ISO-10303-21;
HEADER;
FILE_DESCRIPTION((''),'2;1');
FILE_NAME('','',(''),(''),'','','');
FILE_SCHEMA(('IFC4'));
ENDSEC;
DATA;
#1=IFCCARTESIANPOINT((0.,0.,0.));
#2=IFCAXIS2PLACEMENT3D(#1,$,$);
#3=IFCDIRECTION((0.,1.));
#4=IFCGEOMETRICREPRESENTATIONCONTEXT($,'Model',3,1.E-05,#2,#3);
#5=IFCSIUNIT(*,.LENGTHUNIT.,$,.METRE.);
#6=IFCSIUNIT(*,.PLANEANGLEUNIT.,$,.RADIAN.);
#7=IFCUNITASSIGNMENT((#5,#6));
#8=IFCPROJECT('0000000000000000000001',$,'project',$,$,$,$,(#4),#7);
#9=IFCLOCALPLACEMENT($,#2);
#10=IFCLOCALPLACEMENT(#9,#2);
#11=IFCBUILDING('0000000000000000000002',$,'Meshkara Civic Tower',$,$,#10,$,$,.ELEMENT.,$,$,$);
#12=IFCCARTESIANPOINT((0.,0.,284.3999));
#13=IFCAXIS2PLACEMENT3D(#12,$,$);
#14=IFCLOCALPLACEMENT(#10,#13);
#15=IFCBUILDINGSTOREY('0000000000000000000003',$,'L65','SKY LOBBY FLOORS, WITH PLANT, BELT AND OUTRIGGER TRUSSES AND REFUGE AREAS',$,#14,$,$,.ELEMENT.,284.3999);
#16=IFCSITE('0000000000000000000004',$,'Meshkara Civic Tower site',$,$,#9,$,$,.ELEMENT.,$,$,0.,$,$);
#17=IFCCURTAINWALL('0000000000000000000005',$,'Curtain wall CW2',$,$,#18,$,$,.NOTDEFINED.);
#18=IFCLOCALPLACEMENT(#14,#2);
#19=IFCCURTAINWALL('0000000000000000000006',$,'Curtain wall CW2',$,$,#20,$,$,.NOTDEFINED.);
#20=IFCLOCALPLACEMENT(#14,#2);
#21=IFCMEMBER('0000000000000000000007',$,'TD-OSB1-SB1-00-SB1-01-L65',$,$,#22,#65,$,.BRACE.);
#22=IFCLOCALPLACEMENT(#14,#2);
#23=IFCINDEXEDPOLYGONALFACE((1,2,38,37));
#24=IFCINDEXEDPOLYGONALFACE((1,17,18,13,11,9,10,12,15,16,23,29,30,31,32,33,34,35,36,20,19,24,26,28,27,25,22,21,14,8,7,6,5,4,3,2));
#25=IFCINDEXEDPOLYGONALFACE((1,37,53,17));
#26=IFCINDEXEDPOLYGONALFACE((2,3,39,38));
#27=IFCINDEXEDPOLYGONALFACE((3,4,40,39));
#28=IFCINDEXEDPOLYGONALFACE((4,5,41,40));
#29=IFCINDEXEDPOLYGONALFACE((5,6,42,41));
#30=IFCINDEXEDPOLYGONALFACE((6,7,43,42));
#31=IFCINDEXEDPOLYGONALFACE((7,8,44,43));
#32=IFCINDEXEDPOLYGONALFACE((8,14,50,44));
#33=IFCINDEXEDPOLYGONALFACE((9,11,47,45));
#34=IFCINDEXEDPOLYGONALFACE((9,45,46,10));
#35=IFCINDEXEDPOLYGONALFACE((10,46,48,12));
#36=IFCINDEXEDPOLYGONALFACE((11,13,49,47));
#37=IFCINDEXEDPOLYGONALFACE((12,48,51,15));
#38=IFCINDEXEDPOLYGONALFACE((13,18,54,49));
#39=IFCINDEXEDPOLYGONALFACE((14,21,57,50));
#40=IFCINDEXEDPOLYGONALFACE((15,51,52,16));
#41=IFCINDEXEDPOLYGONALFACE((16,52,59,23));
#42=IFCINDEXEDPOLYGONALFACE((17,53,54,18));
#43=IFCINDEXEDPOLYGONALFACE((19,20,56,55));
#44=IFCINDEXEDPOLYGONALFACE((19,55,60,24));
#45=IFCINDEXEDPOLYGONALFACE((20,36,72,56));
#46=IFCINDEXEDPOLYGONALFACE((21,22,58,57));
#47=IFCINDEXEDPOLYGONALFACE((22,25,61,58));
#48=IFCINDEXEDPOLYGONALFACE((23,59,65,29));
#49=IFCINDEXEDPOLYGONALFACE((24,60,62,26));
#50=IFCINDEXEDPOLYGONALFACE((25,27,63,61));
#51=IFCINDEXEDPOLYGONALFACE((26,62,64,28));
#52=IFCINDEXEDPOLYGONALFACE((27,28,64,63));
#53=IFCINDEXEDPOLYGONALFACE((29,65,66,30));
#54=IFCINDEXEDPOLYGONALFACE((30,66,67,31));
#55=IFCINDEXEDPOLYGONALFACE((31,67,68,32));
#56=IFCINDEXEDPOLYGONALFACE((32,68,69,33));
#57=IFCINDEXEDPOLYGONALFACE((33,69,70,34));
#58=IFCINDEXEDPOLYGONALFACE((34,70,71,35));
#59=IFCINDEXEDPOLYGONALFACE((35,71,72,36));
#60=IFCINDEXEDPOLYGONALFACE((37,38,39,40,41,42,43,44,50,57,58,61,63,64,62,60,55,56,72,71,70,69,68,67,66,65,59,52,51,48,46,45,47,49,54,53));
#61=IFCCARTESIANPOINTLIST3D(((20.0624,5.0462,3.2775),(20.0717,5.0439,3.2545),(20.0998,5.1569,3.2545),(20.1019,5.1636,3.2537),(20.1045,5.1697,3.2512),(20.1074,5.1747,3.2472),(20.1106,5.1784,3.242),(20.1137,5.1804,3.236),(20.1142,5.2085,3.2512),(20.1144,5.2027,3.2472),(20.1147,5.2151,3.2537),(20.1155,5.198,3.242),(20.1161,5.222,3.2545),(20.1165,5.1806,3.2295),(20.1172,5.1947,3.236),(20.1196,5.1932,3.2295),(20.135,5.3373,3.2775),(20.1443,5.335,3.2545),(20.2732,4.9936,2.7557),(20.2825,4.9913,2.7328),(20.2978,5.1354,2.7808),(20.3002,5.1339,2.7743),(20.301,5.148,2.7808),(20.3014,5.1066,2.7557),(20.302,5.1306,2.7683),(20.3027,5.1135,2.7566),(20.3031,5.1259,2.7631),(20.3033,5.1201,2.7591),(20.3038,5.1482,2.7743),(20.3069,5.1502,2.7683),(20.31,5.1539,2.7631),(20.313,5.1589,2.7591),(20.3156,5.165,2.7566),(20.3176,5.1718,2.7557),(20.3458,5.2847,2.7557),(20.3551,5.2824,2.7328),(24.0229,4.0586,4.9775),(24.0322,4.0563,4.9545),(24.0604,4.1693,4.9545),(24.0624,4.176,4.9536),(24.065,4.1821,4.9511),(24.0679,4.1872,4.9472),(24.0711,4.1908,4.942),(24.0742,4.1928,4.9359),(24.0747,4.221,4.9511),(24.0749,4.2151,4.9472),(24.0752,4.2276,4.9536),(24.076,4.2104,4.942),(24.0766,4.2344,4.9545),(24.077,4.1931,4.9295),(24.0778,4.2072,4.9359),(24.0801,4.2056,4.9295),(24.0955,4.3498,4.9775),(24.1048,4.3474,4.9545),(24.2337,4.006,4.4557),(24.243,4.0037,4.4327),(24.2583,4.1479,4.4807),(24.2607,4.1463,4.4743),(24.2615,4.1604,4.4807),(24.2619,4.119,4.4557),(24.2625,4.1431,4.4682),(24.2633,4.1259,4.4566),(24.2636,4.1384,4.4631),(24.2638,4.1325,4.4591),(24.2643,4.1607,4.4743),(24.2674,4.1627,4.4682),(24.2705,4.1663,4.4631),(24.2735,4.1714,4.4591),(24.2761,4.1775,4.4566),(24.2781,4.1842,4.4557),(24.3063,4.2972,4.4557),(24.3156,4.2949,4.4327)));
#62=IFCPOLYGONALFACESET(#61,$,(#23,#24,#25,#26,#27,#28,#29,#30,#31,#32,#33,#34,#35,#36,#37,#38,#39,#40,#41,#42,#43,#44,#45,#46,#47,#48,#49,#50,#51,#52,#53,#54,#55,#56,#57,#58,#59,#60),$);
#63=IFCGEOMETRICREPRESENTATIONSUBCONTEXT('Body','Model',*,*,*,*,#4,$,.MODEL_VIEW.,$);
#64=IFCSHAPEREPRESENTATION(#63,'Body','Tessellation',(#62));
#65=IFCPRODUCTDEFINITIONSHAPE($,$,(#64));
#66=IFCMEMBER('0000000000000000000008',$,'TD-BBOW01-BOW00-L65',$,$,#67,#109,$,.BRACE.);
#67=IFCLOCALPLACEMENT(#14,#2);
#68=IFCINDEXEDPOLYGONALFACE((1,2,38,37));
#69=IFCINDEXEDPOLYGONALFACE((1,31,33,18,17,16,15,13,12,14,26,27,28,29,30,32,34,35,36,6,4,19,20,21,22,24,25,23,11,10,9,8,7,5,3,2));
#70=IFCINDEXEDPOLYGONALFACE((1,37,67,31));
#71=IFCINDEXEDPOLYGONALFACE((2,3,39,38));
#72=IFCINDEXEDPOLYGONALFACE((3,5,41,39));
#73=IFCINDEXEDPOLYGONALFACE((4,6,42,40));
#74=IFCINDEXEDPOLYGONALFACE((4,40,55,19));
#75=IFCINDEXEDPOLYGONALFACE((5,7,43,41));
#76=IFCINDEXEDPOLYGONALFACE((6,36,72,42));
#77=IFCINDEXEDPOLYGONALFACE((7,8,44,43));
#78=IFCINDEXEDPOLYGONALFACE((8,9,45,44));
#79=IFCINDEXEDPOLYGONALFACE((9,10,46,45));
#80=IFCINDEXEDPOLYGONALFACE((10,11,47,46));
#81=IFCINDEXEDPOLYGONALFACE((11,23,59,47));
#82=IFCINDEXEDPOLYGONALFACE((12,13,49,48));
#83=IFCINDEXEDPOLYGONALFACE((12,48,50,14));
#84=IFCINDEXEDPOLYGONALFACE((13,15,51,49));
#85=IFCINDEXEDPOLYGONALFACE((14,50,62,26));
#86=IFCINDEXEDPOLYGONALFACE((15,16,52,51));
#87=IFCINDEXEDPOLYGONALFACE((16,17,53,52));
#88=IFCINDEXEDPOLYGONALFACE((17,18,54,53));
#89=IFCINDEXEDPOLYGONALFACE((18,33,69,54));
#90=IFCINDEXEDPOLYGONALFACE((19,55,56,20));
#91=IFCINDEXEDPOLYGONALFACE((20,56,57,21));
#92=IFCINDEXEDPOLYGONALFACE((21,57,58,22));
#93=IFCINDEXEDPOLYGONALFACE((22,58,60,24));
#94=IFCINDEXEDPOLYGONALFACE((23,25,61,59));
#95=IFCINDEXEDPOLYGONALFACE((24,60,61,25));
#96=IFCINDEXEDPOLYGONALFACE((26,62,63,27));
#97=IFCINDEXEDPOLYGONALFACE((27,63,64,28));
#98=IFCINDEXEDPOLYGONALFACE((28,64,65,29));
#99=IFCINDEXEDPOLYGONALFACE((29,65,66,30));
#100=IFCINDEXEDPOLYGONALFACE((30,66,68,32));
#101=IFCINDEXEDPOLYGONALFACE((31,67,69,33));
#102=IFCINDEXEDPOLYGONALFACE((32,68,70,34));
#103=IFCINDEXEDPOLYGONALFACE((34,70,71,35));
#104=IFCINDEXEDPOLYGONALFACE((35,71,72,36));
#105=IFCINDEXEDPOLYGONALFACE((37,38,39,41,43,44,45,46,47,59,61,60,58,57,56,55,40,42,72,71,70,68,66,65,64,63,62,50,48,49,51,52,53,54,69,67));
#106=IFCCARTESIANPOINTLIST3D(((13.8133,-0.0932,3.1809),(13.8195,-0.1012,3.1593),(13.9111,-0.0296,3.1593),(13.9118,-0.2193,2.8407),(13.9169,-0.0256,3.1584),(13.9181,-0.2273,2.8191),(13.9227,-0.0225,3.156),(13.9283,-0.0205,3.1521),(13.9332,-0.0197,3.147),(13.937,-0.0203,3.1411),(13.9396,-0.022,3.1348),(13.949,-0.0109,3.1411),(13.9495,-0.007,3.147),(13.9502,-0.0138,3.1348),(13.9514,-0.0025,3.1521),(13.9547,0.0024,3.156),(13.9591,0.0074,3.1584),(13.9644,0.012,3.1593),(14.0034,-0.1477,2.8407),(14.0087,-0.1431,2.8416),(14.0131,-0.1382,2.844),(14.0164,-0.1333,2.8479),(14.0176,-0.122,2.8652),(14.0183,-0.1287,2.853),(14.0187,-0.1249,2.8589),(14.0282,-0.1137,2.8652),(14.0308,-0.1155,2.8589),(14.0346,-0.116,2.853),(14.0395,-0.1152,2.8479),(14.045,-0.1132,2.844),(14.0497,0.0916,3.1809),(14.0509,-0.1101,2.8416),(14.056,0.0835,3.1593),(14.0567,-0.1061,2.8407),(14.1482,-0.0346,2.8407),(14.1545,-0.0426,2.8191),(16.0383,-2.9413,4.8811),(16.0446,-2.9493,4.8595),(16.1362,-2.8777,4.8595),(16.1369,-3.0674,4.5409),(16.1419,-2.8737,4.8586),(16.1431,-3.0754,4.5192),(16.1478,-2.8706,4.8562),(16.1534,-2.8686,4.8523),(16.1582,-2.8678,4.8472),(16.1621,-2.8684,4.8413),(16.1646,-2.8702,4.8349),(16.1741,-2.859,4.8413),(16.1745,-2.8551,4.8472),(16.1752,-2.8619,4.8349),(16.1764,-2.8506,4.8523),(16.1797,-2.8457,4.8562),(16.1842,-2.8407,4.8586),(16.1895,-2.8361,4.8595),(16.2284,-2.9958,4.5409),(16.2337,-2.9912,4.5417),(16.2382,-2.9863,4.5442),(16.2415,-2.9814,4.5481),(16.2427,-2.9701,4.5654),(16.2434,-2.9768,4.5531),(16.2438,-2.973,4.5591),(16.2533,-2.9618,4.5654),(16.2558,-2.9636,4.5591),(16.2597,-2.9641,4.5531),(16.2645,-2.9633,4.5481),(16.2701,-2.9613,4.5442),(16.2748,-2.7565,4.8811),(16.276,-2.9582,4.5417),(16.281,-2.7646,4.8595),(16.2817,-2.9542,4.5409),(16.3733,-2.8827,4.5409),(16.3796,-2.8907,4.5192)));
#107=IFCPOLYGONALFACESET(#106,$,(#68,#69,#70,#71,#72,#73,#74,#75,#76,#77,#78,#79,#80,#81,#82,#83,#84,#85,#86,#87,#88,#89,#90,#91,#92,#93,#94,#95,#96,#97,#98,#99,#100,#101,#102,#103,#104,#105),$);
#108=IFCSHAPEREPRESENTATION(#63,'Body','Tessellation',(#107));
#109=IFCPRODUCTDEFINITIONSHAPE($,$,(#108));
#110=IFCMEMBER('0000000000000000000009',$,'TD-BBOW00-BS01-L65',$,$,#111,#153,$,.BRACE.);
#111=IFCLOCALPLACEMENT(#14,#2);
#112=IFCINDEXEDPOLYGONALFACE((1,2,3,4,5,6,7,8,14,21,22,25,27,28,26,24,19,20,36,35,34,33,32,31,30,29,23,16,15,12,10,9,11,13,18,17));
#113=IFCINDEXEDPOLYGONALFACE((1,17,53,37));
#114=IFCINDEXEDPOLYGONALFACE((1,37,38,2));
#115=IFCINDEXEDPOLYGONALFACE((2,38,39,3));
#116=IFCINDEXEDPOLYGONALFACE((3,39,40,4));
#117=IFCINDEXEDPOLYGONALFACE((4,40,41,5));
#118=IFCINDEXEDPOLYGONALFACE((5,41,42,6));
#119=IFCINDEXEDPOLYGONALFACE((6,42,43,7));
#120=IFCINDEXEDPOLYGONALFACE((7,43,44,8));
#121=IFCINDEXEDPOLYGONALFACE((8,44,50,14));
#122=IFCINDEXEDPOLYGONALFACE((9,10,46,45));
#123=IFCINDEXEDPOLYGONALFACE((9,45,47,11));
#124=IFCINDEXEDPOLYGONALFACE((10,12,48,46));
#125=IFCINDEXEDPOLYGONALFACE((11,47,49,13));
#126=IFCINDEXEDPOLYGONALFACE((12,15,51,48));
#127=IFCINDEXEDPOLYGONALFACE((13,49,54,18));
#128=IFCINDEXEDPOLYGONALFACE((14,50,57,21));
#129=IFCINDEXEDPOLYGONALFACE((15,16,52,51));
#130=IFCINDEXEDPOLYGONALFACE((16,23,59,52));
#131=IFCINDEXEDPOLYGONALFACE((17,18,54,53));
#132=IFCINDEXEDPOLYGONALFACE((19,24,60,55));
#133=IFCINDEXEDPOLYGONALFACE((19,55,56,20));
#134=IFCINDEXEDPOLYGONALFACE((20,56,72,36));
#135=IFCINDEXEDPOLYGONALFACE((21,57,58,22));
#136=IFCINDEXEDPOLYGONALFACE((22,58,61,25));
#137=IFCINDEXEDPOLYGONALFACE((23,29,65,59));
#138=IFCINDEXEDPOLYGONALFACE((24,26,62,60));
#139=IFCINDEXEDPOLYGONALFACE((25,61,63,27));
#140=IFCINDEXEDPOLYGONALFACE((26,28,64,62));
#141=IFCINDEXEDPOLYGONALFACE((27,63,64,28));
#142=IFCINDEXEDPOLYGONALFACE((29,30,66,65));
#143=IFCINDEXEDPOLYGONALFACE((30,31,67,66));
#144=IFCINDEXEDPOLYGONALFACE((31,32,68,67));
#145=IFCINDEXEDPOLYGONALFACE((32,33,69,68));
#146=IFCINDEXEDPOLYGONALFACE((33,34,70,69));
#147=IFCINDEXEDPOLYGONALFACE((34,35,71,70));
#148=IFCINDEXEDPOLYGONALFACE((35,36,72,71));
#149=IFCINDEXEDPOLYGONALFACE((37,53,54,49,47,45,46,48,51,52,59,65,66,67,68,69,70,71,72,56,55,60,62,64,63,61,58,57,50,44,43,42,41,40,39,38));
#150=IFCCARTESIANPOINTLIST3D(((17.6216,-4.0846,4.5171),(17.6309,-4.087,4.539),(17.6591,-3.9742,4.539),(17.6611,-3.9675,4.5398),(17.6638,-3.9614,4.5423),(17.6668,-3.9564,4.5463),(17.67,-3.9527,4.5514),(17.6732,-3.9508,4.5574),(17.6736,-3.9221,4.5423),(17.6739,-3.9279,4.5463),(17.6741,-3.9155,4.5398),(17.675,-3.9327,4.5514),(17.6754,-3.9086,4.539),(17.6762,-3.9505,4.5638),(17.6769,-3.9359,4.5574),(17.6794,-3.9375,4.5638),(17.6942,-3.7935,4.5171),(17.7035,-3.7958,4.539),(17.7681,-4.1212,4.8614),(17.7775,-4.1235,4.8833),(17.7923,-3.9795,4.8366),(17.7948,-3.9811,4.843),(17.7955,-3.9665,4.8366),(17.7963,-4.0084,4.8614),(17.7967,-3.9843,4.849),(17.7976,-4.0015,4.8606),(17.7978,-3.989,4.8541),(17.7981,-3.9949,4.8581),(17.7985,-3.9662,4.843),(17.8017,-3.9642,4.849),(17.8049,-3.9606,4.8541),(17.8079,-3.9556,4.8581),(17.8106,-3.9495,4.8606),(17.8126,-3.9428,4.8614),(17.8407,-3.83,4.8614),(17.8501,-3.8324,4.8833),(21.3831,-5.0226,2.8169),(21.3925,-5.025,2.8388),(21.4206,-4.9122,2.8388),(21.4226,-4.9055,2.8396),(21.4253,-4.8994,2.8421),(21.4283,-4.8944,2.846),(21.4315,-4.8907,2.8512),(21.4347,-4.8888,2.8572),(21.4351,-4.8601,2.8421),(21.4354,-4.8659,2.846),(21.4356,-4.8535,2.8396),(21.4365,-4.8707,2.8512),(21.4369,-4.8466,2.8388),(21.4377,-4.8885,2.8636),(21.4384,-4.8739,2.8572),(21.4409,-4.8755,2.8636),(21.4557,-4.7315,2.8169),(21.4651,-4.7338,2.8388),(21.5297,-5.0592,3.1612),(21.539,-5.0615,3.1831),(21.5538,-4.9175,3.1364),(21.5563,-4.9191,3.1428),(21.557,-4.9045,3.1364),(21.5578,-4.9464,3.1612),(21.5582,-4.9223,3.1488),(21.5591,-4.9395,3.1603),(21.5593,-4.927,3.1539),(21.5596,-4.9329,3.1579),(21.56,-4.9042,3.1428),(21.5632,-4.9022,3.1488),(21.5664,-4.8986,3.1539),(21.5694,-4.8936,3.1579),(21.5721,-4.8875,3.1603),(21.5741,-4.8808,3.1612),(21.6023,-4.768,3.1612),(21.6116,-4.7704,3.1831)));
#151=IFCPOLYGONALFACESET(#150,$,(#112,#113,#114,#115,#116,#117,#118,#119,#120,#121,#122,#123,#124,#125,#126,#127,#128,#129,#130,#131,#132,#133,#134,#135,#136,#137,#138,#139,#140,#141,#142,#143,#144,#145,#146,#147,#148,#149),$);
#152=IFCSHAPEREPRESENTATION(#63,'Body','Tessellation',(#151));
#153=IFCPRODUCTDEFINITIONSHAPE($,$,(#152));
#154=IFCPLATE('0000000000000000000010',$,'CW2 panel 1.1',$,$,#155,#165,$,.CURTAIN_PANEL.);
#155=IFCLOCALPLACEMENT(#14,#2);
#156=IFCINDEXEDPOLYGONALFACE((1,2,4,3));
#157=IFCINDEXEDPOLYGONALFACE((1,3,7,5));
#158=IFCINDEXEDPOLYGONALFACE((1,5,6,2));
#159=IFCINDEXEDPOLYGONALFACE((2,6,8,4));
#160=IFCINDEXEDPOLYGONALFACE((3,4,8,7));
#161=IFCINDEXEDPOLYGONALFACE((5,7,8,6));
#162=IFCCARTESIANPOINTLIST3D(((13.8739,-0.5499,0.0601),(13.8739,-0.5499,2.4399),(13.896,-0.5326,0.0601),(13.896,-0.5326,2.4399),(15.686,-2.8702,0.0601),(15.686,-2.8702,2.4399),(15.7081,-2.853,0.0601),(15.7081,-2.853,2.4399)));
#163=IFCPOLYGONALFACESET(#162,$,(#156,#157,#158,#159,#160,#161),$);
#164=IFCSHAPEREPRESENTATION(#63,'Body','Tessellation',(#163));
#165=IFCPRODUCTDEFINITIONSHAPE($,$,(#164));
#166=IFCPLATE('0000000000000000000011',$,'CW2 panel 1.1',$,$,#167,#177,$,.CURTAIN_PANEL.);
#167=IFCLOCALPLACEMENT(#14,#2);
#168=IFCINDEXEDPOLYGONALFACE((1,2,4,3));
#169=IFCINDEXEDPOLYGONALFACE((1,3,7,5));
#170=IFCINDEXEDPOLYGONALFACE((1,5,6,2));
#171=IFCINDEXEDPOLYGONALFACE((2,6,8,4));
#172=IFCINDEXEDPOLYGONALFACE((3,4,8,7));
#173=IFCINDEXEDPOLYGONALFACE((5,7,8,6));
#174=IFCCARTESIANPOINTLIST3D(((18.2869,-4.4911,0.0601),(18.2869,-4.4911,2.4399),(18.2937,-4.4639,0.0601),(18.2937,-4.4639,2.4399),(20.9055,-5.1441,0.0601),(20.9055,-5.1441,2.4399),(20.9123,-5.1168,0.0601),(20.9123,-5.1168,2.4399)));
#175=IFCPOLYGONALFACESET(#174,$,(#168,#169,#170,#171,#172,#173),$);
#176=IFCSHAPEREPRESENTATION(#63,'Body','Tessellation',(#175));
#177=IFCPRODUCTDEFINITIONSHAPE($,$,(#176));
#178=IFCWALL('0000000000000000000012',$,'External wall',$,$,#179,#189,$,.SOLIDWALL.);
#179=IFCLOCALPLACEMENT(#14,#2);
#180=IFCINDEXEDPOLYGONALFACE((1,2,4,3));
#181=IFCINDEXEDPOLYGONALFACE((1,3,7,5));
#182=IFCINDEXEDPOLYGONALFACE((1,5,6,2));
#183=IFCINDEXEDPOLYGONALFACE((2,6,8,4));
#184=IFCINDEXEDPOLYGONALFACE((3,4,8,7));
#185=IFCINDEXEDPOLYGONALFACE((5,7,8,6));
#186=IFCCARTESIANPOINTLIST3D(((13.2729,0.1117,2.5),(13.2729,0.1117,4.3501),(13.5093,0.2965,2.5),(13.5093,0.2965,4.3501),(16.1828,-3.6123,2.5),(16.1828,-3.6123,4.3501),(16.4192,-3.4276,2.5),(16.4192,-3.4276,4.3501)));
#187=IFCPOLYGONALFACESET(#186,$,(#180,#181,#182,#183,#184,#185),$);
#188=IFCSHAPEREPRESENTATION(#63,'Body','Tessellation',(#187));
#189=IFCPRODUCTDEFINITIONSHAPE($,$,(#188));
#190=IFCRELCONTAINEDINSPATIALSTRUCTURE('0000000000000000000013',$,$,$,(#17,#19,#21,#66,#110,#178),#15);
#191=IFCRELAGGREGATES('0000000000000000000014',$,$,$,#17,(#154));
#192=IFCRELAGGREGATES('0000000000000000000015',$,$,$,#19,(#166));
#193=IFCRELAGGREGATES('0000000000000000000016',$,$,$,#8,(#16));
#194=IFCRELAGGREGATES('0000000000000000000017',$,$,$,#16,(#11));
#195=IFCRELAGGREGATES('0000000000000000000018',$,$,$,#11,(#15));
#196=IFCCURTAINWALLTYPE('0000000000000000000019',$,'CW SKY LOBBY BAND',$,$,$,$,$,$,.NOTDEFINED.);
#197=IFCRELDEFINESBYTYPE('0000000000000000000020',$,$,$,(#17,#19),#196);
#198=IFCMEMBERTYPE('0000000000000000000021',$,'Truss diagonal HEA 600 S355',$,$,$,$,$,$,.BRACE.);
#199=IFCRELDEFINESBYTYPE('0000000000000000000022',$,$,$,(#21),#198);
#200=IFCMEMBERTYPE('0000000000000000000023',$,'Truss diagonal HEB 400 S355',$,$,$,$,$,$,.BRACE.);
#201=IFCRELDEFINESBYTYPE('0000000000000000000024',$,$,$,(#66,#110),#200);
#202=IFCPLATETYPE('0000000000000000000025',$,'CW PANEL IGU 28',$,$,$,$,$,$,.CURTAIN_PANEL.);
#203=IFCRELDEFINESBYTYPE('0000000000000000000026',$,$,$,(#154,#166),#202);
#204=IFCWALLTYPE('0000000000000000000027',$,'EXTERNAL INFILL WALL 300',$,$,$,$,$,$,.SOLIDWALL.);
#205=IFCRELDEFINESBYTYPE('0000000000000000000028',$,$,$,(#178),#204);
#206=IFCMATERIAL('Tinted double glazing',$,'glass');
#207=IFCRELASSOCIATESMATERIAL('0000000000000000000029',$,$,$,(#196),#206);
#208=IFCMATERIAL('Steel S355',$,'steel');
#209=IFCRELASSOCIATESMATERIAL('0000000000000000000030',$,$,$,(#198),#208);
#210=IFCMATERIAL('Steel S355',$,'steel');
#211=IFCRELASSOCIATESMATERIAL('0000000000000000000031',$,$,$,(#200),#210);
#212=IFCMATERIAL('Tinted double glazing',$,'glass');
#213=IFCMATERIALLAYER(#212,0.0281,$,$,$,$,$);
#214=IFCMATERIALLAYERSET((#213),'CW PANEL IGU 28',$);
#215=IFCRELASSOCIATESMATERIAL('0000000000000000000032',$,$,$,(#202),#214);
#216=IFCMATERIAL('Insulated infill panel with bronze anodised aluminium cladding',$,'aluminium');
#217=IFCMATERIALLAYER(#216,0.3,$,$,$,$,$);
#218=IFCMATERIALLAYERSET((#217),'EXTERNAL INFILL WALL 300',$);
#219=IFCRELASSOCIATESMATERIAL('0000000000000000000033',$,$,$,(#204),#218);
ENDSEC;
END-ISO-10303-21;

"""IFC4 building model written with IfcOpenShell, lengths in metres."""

from ifc_helpers import new_model, si_unit, direction, frame, frame_2d, origin, origin_2d, place, context, subcontext, project, spatial, rectangle, i_section, extrude, material, layer, layer_set, material_profile, profile_set, type_object, element, aggregate, save


model = new_model("IFC4")

# Units and contexts
model_context = context("Model", 3, precision=1e-05, world=origin(), true_north=direction((0.0, 1.0)))
body_context = subcontext(model_context, "Body", "Model", "MODEL_VIEW")
ifc_project = project(units=[si_unit("LENGTHUNIT", "METRE"), si_unit("PLANEANGLEUNIT", "RADIAN")], contexts=[model_context])

# Site, building, storey
site_placement = place(None, origin())
site = spatial("IfcSite", under=ifc_project, at=site_placement, Name="Meshkara Civic Tower site", CompositionType="ELEMENT", RefElevation=0.0)
building_placement = place(site_placement, origin())
building = spatial("IfcBuilding", under=site, at=building_placement, Name="Meshkara Civic Tower", CompositionType="ELEMENT")
storey_placement = place(building_placement, frame((0.0, 0.0, 284.3999)))
storey = spatial("IfcBuildingStorey", under=building, at=storey_placement, Name="L65", Description="SKY LOBBY FLOORS, WITH PLANT, BELT AND OUTRIGGER TRUSSES AND REFUGE AREAS", CompositionType="ELEMENT", Elevation=284.3999)

# Shared definitions
ifc_material_1 = material(Name="Tinted double glazing", Category="glass")
curtain_wall_type = type_object("IfcCurtainWallType", Name="CW SKY LOBBY BAND", PredefinedType="NOTDEFINED", material=ifc_material_1)

# Curtain wall
curtain_wall_1_placement = place(storey_placement, origin())
curtain_wall_1 = element("IfcCurtainWall", 1, at=curtain_wall_1_placement, inside=storey, type_object=curtain_wall_type, Name="Curtain wall CW2", PredefinedType="NOTDEFINED")

# Curtain wall
curtain_wall_2_placement = place(storey_placement, origin())
curtain_wall_2 = element("IfcCurtainWall", 2, at=curtain_wall_2_placement, inside=storey, type_object=curtain_wall_type, Name="Curtain wall CW2", PredefinedType="NOTDEFINED")

# Members
ifc_material_2 = material(Name="Steel S355", Category="steel")
ifc_material_profile_1 = material_profile(ifc_material_2, i_section(OverallWidth=0.3, OverallDepth=0.5901, WebThickness=0.0129, FlangeThickness=0.0249, FilletRadius=0.0271, at=origin_2d()))
ifc_profile_set_1 = profile_set([ifc_material_profile_1], Name="Steel S355")
member_type_1 = type_object("IfcMemberType", Name="Truss diagonal HEA 600 S355", PredefinedType="BRACE", material=ifc_profile_set_1)
member_1_placement = place(storey_placement, frame((20.2087, 5.1643, 3.0051), z_axis=(0.895712, -0.223348, 0.384468), x_axis=(0.241944, 0.97029, 0.0)))
element("IfcMember", 3, at=member_1_placement, inside=storey, type_object=member_type_1, Name="TD-OSB1-SB1-00-SB1-01-L65", PredefinedType="BRACE", context=body_context, shape_type="SweptSolid", body=[
    extrude(i_section(OverallWidth=0.3, OverallDepth=0.5901, WebThickness=0.0129, FlangeThickness=0.0249, FilletRadius=0.0271, at=origin_2d()), origin(), (0.0, 0.0, 1.0), 4.4216),
])
ifc_material_3 = material(Name="Steel S355", Category="steel")
ifc_material_profile_2 = material_profile(ifc_material_3, i_section(OverallWidth=0.3, OverallDepth=0.3999, WebThickness=0.0134, FlangeThickness=0.0239, FilletRadius=0.0271, at=origin_2d()))
ifc_profile_set_2 = profile_set([ifc_material_profile_2], Name="Steel S355")
member_type_2 = type_object("IfcMemberType", Name="Truss diagonal HEB 400 S355", PredefinedType="BRACE", material=ifc_profile_set_2)
member_2_placement = place(storey_placement, frame((13.9839, -0.0679, 3.0), z_axis=(0.557082, -0.71307, 0.425666), x_axis=(0.788026, 0.615641, 0.0)))
element("IfcMember", 4, at=member_2_placement, inside=storey, type_object=member_type_2, Name="TD-BBOW01-BOW00-L65", PredefinedType="BRACE", context=body_context, shape_type="SweptSolid", body=[
    extrude(i_section(OverallWidth=0.3, OverallDepth=0.3999, WebThickness=0.0134, FlangeThickness=0.0239, FilletRadius=0.0271, at=origin_2d()), origin(), (0.0, 0.0, 1.0), 3.9941),
])
member_3_placement = place(storey_placement, frame((17.7358, -3.9585, 4.7002), z_axis=(0.888585, -0.221584, -0.401643), x_axis=(0.241958, 0.970287, 0.0)))
element("IfcMember", 5, at=member_3_placement, inside=storey, type_object=member_type_2, Name="TD-BBOW00-BS01-L65", PredefinedType="BRACE", context=body_context, shape_type="SweptSolid", body=[
    extrude(i_section(OverallWidth=0.3, OverallDepth=0.3999, WebThickness=0.0134, FlangeThickness=0.0239, FilletRadius=0.0271, at=origin_2d()), origin(), (0.0, 0.0, 1.0), 4.2332),
])

# Plates
ifc_material_4 = material(Name="Tinted double glazing", Category="glass")
ifc_layer_1 = layer(ifc_material_4, 0.0281)
ifc_layer_set_1 = layer_set([ifc_layer_1], Name="CW PANEL IGU 28")
plate_type = type_object("IfcPlateType", Name="CW PANEL IGU 28", PredefinedType="CURTAIN_PANEL", material=ifc_layer_set_1)
plate_1_placement = place(storey_placement, frame((14.791, -1.7014, 0.0601), z_axis=(0.0, 0.0, 1.0), x_axis=(0.615498, -0.788138, 0.0)))
plate_1 = element("IfcPlate", 6, at=plate_1_placement, type_object=plate_type, Name="CW2 panel 1.1", PredefinedType="CURTAIN_PANEL", context=body_context, shape_type="SweptSolid", body=[
    extrude(rectangle(XDim=2.9441, YDim=0.0281, at=origin_2d()), origin(), (0.0, 0.0, 1.0), 2.3799),
])
aggregate(curtain_wall_1, [plate_1])
plate_2_placement = place(storey_placement, frame((19.5996, -4.804, 0.0601), z_axis=(0.0, 0.0, 1.0), x_axis=(0.970288, -0.241951, 0.0)))
plate_2 = element("IfcPlate", 7, at=plate_2_placement, type_object=plate_type, Name="CW2 panel 1.1", PredefinedType="CURTAIN_PANEL", context=body_context, shape_type="SweptSolid", body=[
    extrude(rectangle(XDim=2.6987, YDim=0.0281, at=origin_2d()), origin(), (0.0, 0.0, 1.0), 2.3799),
])
aggregate(curtain_wall_2, [plate_2])

# Wall
ifc_material_5 = material(Name="Insulated infill panel with bronze anodised aluminium cladding", Category="aluminium")
ifc_layer_2 = layer(ifc_material_5, 0.3)
ifc_layer_set_2 = layer_set([ifc_layer_2], Name="EXTERNAL INFILL WALL 300")
wall_type_1 = type_object("IfcWallType", Name="EXTERNAL INFILL WALL 300", PredefinedType="SOLIDWALL", material=ifc_layer_set_2)
wall_1_placement = place(storey_placement, frame((13.3911, 0.2041, 2.5), z_axis=(0.0, 0.0, 1.0), x_axis=(0.615702, -0.787979, 0.0)))
element("IfcWall", 8, at=wall_1_placement, inside=storey, type_object=wall_type_1, Name="External wall", PredefinedType="SOLIDWALL", context=body_context, shape_type="SweptSolid", body=[
    extrude(rectangle(XDim=4.7261, YDim=0.3, at=frame_2d((2.363, 0.0))), origin(), (0.0, 0.0, 1.0), 1.8501),
])

save(model, "model.ifc")
